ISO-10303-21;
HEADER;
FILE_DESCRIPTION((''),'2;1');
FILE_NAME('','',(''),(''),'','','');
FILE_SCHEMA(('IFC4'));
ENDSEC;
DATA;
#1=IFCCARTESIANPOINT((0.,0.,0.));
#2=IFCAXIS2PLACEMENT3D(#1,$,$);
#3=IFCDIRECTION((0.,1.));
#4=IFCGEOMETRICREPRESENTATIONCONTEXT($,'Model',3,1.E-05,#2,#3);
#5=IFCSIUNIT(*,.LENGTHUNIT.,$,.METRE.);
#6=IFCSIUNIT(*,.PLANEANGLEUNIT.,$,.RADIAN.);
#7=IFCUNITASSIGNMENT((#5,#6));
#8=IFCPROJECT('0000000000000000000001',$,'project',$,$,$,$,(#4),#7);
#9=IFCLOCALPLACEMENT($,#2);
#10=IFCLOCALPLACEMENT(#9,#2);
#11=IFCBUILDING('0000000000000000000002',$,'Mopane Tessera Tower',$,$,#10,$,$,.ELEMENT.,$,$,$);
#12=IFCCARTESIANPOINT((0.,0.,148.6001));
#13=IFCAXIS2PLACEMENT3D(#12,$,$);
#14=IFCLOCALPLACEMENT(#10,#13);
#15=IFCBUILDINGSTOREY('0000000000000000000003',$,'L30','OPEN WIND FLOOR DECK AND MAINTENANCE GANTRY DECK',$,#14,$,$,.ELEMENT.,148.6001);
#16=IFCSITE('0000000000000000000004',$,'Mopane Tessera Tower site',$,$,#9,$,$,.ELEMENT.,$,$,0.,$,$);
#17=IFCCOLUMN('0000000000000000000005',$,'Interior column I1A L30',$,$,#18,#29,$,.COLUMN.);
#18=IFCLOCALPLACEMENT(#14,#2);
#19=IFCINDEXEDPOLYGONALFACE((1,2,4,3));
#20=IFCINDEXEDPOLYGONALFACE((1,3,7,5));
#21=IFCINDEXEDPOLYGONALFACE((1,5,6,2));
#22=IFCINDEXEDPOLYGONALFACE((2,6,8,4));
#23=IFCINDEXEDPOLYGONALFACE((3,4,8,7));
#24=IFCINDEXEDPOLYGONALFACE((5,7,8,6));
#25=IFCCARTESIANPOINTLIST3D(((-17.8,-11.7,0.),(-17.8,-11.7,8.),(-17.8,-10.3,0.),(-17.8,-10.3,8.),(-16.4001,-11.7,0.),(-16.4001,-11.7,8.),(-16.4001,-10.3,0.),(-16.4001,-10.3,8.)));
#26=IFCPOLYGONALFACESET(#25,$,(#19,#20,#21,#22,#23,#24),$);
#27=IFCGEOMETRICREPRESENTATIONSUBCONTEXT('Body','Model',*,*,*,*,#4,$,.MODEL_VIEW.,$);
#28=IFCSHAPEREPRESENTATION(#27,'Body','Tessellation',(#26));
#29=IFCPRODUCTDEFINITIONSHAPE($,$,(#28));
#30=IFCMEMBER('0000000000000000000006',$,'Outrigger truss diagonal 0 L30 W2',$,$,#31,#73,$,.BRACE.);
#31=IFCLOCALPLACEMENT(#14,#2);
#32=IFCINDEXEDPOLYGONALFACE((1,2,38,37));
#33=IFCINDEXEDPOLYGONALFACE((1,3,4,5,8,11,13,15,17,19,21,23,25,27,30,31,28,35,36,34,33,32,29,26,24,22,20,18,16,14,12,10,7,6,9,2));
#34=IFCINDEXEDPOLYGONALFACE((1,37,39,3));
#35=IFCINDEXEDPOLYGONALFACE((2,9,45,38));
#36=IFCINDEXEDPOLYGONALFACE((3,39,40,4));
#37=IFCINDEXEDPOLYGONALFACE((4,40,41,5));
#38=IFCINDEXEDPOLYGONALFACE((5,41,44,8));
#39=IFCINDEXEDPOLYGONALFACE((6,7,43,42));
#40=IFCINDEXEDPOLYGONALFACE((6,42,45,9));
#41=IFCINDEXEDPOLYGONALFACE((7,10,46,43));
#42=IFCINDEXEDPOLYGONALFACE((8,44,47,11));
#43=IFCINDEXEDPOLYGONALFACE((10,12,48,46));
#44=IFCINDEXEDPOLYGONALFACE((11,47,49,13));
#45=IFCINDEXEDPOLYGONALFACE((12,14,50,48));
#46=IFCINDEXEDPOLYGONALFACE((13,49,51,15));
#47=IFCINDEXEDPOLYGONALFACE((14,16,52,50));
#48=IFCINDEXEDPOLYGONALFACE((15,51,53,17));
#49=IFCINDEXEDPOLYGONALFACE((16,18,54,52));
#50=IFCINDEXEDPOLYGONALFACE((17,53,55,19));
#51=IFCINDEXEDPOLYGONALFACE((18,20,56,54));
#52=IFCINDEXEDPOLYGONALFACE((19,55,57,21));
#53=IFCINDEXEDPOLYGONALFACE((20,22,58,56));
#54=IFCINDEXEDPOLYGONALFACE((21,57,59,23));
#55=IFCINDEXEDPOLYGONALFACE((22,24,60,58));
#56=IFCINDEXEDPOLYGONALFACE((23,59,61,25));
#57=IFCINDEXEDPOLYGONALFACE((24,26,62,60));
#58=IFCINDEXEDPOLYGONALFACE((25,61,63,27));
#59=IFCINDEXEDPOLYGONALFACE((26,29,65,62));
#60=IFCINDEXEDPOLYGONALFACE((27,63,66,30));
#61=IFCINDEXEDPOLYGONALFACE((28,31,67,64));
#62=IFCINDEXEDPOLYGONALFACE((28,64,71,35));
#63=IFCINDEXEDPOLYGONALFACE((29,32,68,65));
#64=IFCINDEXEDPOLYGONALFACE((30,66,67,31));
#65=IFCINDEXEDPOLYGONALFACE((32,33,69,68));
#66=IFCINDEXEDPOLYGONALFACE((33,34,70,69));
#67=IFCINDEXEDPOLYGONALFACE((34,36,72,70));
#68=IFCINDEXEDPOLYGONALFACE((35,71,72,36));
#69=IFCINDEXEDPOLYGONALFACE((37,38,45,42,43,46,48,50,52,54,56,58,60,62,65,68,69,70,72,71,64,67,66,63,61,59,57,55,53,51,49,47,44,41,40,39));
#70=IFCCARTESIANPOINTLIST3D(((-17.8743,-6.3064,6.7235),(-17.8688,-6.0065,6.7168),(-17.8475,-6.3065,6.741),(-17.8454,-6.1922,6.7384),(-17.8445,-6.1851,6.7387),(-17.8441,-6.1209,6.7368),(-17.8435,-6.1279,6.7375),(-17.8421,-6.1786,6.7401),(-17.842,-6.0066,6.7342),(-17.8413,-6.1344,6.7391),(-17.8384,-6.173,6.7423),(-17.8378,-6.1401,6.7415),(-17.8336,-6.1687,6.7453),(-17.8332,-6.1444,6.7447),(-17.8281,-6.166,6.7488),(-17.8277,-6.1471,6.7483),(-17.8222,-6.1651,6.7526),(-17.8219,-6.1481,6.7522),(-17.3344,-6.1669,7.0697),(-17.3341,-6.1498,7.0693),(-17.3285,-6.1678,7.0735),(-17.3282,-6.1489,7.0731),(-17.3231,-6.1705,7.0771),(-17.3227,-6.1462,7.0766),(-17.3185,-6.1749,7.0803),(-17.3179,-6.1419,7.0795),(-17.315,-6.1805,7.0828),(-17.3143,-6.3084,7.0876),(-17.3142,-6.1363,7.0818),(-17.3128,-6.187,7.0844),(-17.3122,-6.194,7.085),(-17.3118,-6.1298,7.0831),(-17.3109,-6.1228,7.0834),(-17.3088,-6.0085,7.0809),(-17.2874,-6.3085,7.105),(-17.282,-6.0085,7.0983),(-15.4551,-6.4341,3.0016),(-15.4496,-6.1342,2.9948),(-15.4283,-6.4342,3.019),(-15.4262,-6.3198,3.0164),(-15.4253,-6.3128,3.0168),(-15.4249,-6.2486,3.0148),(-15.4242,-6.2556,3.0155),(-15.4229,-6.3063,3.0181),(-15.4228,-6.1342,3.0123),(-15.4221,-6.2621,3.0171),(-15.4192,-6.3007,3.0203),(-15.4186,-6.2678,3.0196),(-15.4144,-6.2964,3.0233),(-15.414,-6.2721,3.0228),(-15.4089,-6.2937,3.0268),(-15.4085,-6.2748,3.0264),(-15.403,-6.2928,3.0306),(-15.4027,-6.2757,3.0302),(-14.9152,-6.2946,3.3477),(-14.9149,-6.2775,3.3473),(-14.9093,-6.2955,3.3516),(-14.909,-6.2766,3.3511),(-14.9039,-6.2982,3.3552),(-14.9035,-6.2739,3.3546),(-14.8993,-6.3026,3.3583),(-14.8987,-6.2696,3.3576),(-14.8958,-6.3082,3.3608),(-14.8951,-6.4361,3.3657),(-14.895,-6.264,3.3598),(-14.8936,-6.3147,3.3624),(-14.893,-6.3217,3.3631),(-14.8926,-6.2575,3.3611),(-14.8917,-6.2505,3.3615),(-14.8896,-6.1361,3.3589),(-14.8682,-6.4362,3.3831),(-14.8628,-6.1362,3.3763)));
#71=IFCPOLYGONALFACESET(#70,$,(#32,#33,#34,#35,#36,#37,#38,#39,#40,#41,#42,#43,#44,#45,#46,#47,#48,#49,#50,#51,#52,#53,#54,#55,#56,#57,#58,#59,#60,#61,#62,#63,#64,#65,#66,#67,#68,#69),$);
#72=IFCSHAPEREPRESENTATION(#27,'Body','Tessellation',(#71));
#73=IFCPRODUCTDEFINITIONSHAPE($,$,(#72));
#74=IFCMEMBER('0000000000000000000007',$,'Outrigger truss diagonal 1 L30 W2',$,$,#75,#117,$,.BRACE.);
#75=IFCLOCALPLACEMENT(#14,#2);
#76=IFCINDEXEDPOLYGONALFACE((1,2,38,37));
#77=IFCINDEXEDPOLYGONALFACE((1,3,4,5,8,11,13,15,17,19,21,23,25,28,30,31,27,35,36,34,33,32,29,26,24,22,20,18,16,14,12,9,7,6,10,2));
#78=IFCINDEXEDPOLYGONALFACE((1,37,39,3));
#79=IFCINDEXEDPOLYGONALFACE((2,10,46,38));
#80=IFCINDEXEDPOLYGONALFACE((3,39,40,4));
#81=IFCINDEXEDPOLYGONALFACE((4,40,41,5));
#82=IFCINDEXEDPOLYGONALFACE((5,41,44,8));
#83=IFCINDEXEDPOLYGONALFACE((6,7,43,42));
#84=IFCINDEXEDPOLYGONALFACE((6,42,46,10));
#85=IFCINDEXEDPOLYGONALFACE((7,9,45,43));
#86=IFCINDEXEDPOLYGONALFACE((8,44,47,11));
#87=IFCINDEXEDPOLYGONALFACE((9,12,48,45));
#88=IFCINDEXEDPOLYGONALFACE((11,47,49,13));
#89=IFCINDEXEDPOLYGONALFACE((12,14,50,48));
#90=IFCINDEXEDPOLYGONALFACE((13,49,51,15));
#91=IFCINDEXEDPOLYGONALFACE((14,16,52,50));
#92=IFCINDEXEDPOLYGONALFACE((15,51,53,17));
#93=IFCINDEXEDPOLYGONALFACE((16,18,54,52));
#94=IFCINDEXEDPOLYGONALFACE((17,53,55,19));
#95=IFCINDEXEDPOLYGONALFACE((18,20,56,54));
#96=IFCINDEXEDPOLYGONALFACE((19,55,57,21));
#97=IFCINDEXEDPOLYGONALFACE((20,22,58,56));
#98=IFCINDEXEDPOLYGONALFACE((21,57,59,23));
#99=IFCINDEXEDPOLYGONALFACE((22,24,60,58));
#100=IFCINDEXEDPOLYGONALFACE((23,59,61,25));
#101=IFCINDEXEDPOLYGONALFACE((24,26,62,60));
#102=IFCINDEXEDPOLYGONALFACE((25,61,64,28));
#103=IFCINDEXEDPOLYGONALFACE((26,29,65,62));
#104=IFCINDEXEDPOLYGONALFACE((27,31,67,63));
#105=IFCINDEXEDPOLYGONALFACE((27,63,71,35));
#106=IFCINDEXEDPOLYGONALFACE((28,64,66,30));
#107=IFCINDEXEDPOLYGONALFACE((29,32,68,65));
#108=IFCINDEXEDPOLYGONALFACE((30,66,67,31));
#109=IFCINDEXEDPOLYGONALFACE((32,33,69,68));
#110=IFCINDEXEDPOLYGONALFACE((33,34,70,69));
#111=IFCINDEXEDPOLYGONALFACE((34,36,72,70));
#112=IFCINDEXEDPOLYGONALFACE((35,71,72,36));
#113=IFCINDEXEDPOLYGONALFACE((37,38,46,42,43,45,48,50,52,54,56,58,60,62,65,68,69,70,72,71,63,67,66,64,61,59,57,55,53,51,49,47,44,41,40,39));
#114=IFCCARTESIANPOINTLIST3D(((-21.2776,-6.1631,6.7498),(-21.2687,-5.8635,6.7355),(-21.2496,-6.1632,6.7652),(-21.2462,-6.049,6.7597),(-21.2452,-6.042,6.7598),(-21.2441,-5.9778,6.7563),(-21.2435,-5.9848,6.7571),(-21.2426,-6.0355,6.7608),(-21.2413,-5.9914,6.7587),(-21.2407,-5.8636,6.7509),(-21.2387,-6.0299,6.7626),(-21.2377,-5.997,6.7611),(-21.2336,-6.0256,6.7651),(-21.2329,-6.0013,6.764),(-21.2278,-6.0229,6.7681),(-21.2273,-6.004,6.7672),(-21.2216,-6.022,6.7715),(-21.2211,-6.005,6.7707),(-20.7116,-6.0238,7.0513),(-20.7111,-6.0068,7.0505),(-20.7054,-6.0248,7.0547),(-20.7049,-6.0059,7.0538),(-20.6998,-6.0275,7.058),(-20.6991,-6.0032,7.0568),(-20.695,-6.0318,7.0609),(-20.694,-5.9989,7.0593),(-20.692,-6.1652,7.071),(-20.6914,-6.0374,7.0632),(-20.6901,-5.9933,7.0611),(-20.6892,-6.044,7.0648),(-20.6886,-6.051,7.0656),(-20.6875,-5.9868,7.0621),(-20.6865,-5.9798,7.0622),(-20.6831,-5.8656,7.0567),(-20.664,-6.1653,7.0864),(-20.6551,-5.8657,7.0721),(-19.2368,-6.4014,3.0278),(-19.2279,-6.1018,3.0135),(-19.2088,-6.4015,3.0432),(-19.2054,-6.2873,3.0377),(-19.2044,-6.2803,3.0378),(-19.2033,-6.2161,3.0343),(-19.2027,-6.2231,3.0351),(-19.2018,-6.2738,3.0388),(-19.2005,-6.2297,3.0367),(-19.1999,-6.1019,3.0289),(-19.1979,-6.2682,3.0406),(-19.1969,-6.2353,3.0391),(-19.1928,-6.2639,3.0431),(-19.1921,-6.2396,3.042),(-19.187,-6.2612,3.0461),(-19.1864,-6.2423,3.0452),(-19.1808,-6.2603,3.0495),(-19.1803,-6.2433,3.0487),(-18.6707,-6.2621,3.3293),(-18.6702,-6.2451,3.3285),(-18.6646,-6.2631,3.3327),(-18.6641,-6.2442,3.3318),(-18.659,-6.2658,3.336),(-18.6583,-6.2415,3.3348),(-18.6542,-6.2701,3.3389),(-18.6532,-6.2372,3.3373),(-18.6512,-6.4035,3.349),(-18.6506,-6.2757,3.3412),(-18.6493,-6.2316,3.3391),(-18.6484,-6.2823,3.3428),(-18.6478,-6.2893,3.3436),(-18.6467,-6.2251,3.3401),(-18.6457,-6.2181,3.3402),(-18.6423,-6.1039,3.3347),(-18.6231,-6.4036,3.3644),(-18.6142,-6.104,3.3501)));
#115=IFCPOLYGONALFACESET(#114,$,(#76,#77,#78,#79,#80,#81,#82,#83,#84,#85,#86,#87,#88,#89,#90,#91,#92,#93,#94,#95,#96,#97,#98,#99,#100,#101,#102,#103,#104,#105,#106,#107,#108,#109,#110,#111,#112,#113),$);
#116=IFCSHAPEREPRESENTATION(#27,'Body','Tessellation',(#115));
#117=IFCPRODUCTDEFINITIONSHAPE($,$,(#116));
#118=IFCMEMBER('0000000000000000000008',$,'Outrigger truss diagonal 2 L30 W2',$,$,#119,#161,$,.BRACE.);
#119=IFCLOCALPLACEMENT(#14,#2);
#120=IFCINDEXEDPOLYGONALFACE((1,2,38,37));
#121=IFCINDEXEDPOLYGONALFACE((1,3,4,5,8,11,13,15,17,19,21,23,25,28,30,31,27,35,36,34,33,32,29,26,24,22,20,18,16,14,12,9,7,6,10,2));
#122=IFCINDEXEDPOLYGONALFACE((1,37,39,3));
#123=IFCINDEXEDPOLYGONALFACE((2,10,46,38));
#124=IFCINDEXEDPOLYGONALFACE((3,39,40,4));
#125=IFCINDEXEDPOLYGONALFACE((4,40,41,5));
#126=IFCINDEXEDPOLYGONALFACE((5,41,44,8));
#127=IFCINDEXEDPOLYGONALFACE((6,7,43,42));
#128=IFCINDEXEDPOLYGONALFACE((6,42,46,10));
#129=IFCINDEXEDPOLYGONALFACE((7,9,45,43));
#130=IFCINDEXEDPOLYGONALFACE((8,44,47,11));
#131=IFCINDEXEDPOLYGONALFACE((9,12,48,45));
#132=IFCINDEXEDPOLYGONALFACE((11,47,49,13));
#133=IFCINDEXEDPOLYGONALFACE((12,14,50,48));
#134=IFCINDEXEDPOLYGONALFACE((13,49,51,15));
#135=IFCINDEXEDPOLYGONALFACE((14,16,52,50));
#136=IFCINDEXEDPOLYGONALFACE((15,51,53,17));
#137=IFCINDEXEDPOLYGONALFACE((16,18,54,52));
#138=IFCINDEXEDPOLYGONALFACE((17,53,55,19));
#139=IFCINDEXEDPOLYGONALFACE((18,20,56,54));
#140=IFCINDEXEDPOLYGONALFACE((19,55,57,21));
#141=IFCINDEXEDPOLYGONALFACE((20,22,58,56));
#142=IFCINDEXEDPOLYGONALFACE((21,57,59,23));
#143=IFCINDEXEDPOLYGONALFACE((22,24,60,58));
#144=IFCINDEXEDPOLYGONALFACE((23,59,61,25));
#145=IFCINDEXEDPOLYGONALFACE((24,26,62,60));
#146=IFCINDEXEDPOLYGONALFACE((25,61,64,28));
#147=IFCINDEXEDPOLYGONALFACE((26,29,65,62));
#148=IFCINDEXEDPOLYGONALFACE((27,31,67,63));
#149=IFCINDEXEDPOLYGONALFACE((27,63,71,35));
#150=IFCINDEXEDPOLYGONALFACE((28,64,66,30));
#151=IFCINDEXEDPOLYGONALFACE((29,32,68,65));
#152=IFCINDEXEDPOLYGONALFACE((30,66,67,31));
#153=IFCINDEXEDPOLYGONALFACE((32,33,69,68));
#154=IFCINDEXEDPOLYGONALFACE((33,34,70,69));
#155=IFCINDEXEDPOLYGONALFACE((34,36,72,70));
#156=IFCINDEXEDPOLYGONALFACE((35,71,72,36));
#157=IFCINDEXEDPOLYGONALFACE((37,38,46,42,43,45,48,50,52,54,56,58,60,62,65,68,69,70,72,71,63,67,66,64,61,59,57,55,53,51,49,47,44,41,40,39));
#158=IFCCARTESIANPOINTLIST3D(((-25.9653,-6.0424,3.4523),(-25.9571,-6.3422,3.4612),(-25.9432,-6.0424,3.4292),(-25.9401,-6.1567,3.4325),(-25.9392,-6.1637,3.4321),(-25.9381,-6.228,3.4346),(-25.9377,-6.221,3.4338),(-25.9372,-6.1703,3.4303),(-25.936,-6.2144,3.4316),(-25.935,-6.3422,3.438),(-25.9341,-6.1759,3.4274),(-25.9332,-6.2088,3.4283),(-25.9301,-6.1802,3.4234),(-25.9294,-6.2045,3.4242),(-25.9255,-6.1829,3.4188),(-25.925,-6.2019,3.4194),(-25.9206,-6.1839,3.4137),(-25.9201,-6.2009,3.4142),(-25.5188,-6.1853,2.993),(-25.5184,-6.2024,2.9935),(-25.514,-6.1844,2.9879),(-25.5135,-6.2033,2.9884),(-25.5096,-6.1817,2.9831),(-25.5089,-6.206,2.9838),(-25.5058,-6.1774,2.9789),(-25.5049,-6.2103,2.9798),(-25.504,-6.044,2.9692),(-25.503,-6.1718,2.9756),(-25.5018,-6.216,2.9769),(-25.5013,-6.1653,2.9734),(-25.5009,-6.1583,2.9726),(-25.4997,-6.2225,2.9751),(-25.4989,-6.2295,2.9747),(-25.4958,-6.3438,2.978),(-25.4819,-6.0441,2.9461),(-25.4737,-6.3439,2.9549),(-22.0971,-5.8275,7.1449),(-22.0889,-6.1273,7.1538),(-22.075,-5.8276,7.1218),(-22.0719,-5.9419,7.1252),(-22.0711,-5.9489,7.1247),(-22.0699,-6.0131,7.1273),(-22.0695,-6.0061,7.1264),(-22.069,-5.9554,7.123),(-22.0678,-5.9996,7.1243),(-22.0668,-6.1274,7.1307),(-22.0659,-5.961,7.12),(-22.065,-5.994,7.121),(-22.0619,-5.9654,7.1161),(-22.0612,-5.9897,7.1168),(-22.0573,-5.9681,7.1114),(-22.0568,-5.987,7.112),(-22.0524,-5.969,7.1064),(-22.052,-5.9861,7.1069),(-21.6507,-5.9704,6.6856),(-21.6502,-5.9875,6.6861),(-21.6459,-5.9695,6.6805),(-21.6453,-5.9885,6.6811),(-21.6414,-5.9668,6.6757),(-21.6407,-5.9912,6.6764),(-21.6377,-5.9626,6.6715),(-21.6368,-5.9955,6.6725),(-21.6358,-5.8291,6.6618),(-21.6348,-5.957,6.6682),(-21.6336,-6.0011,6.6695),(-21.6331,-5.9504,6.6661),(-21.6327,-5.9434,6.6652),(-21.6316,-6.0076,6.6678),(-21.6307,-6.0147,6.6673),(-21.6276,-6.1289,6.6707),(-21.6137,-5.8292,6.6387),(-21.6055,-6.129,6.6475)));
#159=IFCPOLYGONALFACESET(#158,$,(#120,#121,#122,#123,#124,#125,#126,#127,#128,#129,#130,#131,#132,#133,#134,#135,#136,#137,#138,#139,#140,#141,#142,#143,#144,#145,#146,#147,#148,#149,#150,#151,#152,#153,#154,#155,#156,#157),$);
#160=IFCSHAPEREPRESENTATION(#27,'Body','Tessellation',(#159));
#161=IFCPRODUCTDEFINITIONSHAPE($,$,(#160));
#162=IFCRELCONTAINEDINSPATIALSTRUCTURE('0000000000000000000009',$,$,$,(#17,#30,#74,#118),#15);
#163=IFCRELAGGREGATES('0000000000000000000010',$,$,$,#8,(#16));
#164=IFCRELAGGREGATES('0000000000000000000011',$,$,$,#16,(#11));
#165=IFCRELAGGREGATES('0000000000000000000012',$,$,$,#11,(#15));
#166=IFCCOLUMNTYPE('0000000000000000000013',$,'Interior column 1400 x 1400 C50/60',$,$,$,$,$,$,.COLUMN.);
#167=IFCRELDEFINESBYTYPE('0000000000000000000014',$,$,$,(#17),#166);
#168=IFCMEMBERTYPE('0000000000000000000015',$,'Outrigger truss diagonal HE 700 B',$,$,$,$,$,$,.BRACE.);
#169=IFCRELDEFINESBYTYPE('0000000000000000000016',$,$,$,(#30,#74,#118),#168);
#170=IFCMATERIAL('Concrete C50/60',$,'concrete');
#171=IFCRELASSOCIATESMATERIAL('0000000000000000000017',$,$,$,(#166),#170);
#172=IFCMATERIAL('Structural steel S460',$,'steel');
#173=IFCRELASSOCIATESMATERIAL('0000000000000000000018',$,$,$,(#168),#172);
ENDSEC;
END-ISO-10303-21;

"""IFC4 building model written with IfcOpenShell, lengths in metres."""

from ifc_helpers import new_model, si_unit, direction, frame, origin, origin_2d, place, context, subcontext, project, spatial, rectangle, i_section, extrude, material, material_profile, profile_set, type_object, element, save


model = new_model("IFC4")

# Units and contexts
model_context = context("Model", 3, precision=1e-05, world=origin(), true_north=direction((0.0, 1.0)))
body_context = subcontext(model_context, "Body", "Model", "MODEL_VIEW")
ifc_project = project(units=[si_unit("LENGTHUNIT", "METRE"), si_unit("PLANEANGLEUNIT", "RADIAN")], contexts=[model_context])

# Site, building, storey
site_placement = place(None, origin())
site = spatial("IfcSite", under=ifc_project, at=site_placement, Name="Mopane Tessera Tower site", CompositionType="ELEMENT", RefElevation=0.0)
building_placement = place(site_placement, origin())
building = spatial("IfcBuilding", under=site, at=building_placement, Name="Mopane Tessera Tower", CompositionType="ELEMENT")
storey_placement = place(building_placement, frame((0.0, 0.0, 148.6001)))
storey = spatial("IfcBuildingStorey", under=building, at=storey_placement, Name="L30", Description="OPEN WIND FLOOR DECK AND MAINTENANCE GANTRY DECK", CompositionType="ELEMENT", Elevation=148.6001)

# Column
ifc_material_1 = material(Name="Concrete C50/60", Category="concrete")
ifc_material_profile_1 = material_profile(ifc_material_1, rectangle(XDim=1.3999, YDim=1.3999, at=origin_2d()))
ifc_profile_set_1 = profile_set([ifc_material_profile_1], Name="Concrete C50/60")
column_type = type_object("IfcColumnType", Name="Interior column 1400 x 1400 C50/60", PredefinedType="COLUMN", material=ifc_profile_set_1)
column_placement = place(storey_placement, frame((-17.1001, -11.0, 0.0), z_axis=(0.0, 0.0, 1.0), x_axis=(1.0, 0.0, 0.0)))
element("IfcColumn", 1, at=column_placement, inside=storey, type_object=column_type, Name="Interior column I1A L30", PredefinedType="COLUMN", context=body_context, shape_type="SweptSolid", body=[
    extrude(rectangle(XDim=1.3999, YDim=1.3999, at=origin_2d()), origin(), (0.0, 0.0, 1.0), 8.0),
])

# Members
ifc_material_2 = material(Name="Structural steel S460", Category="steel")
ifc_material_profile_2 = material_profile(ifc_material_2, i_section(OverallWidth=0.3, OverallDepth=0.7, WebThickness=0.0171, FlangeThickness=0.032, FilletRadius=0.0271, at=origin_2d()))
ifc_profile_set_2 = profile_set([ifc_material_profile_2], Name="Structural steel S460")
member_type_1 = type_object("IfcMemberType", Name="Outrigger truss diagonal HE 700 B", PredefinedType="BRACE", material=ifc_profile_set_2)
member_1_placement = place(storey_placement, frame((-15.1589, -6.2852, 3.189), z_axis=(-0.544753, 0.028752, 0.838103), x_axis=(-0.018166, -0.999582, 0.022484)))
element("IfcMember", 2, at=member_1_placement, inside=storey, type_object=member_type_1, Name="Outrigger truss diagonal 0 L30 W2", PredefinedType="BRACE", context=body_context, shape_type="SweptSolid", body=[
    extrude(i_section(OverallWidth=0.3, OverallDepth=0.7, WebThickness=0.0171, FlangeThickness=0.032, FilletRadius=0.0271, at=origin_2d()), origin(), (0.0, 0.0, 1.0), 4.4409),
])
member_2_placement = place(storey_placement, frame((-18.9255, -6.2527, 3.189), z_axis=(-0.480026, 0.056048, 0.875462), x_axis=(-0.029661, -0.998423, 0.047656)))
element("IfcMember", 3, at=member_2_placement, inside=storey, type_object=member_type_1, Name="Outrigger truss diagonal 1 L30 W2", PredefinedType="BRACE", context=body_context, shape_type="SweptSolid", body=[
    extrude(i_section(OverallWidth=0.3, OverallDepth=0.7, WebThickness=0.0171, FlangeThickness=0.032, FilletRadius=0.0271, at=origin_2d()), origin(), (0.0, 0.0, 1.0), 4.2515),
])
member_3_placement = place(storey_placement, frame((-21.8513, -5.9783, 6.8962), z_axis=(-0.722746, -0.040142, -0.689947), x_axis=(0.027358, -0.999191, 0.029477)))
element("IfcMember", 4, at=member_3_placement, inside=storey, type_object=member_type_1, Name="Outrigger truss diagonal 2 L30 W2", PredefinedType="BRACE", context=body_context, shape_type="SweptSolid", body=[
    extrude(i_section(OverallWidth=0.3, OverallDepth=0.7, WebThickness=0.0171, FlangeThickness=0.032, FilletRadius=0.0271, at=origin_2d()), origin(), (0.0, 0.0, 1.0), 5.3521),
])

save(model, "model.ifc")
